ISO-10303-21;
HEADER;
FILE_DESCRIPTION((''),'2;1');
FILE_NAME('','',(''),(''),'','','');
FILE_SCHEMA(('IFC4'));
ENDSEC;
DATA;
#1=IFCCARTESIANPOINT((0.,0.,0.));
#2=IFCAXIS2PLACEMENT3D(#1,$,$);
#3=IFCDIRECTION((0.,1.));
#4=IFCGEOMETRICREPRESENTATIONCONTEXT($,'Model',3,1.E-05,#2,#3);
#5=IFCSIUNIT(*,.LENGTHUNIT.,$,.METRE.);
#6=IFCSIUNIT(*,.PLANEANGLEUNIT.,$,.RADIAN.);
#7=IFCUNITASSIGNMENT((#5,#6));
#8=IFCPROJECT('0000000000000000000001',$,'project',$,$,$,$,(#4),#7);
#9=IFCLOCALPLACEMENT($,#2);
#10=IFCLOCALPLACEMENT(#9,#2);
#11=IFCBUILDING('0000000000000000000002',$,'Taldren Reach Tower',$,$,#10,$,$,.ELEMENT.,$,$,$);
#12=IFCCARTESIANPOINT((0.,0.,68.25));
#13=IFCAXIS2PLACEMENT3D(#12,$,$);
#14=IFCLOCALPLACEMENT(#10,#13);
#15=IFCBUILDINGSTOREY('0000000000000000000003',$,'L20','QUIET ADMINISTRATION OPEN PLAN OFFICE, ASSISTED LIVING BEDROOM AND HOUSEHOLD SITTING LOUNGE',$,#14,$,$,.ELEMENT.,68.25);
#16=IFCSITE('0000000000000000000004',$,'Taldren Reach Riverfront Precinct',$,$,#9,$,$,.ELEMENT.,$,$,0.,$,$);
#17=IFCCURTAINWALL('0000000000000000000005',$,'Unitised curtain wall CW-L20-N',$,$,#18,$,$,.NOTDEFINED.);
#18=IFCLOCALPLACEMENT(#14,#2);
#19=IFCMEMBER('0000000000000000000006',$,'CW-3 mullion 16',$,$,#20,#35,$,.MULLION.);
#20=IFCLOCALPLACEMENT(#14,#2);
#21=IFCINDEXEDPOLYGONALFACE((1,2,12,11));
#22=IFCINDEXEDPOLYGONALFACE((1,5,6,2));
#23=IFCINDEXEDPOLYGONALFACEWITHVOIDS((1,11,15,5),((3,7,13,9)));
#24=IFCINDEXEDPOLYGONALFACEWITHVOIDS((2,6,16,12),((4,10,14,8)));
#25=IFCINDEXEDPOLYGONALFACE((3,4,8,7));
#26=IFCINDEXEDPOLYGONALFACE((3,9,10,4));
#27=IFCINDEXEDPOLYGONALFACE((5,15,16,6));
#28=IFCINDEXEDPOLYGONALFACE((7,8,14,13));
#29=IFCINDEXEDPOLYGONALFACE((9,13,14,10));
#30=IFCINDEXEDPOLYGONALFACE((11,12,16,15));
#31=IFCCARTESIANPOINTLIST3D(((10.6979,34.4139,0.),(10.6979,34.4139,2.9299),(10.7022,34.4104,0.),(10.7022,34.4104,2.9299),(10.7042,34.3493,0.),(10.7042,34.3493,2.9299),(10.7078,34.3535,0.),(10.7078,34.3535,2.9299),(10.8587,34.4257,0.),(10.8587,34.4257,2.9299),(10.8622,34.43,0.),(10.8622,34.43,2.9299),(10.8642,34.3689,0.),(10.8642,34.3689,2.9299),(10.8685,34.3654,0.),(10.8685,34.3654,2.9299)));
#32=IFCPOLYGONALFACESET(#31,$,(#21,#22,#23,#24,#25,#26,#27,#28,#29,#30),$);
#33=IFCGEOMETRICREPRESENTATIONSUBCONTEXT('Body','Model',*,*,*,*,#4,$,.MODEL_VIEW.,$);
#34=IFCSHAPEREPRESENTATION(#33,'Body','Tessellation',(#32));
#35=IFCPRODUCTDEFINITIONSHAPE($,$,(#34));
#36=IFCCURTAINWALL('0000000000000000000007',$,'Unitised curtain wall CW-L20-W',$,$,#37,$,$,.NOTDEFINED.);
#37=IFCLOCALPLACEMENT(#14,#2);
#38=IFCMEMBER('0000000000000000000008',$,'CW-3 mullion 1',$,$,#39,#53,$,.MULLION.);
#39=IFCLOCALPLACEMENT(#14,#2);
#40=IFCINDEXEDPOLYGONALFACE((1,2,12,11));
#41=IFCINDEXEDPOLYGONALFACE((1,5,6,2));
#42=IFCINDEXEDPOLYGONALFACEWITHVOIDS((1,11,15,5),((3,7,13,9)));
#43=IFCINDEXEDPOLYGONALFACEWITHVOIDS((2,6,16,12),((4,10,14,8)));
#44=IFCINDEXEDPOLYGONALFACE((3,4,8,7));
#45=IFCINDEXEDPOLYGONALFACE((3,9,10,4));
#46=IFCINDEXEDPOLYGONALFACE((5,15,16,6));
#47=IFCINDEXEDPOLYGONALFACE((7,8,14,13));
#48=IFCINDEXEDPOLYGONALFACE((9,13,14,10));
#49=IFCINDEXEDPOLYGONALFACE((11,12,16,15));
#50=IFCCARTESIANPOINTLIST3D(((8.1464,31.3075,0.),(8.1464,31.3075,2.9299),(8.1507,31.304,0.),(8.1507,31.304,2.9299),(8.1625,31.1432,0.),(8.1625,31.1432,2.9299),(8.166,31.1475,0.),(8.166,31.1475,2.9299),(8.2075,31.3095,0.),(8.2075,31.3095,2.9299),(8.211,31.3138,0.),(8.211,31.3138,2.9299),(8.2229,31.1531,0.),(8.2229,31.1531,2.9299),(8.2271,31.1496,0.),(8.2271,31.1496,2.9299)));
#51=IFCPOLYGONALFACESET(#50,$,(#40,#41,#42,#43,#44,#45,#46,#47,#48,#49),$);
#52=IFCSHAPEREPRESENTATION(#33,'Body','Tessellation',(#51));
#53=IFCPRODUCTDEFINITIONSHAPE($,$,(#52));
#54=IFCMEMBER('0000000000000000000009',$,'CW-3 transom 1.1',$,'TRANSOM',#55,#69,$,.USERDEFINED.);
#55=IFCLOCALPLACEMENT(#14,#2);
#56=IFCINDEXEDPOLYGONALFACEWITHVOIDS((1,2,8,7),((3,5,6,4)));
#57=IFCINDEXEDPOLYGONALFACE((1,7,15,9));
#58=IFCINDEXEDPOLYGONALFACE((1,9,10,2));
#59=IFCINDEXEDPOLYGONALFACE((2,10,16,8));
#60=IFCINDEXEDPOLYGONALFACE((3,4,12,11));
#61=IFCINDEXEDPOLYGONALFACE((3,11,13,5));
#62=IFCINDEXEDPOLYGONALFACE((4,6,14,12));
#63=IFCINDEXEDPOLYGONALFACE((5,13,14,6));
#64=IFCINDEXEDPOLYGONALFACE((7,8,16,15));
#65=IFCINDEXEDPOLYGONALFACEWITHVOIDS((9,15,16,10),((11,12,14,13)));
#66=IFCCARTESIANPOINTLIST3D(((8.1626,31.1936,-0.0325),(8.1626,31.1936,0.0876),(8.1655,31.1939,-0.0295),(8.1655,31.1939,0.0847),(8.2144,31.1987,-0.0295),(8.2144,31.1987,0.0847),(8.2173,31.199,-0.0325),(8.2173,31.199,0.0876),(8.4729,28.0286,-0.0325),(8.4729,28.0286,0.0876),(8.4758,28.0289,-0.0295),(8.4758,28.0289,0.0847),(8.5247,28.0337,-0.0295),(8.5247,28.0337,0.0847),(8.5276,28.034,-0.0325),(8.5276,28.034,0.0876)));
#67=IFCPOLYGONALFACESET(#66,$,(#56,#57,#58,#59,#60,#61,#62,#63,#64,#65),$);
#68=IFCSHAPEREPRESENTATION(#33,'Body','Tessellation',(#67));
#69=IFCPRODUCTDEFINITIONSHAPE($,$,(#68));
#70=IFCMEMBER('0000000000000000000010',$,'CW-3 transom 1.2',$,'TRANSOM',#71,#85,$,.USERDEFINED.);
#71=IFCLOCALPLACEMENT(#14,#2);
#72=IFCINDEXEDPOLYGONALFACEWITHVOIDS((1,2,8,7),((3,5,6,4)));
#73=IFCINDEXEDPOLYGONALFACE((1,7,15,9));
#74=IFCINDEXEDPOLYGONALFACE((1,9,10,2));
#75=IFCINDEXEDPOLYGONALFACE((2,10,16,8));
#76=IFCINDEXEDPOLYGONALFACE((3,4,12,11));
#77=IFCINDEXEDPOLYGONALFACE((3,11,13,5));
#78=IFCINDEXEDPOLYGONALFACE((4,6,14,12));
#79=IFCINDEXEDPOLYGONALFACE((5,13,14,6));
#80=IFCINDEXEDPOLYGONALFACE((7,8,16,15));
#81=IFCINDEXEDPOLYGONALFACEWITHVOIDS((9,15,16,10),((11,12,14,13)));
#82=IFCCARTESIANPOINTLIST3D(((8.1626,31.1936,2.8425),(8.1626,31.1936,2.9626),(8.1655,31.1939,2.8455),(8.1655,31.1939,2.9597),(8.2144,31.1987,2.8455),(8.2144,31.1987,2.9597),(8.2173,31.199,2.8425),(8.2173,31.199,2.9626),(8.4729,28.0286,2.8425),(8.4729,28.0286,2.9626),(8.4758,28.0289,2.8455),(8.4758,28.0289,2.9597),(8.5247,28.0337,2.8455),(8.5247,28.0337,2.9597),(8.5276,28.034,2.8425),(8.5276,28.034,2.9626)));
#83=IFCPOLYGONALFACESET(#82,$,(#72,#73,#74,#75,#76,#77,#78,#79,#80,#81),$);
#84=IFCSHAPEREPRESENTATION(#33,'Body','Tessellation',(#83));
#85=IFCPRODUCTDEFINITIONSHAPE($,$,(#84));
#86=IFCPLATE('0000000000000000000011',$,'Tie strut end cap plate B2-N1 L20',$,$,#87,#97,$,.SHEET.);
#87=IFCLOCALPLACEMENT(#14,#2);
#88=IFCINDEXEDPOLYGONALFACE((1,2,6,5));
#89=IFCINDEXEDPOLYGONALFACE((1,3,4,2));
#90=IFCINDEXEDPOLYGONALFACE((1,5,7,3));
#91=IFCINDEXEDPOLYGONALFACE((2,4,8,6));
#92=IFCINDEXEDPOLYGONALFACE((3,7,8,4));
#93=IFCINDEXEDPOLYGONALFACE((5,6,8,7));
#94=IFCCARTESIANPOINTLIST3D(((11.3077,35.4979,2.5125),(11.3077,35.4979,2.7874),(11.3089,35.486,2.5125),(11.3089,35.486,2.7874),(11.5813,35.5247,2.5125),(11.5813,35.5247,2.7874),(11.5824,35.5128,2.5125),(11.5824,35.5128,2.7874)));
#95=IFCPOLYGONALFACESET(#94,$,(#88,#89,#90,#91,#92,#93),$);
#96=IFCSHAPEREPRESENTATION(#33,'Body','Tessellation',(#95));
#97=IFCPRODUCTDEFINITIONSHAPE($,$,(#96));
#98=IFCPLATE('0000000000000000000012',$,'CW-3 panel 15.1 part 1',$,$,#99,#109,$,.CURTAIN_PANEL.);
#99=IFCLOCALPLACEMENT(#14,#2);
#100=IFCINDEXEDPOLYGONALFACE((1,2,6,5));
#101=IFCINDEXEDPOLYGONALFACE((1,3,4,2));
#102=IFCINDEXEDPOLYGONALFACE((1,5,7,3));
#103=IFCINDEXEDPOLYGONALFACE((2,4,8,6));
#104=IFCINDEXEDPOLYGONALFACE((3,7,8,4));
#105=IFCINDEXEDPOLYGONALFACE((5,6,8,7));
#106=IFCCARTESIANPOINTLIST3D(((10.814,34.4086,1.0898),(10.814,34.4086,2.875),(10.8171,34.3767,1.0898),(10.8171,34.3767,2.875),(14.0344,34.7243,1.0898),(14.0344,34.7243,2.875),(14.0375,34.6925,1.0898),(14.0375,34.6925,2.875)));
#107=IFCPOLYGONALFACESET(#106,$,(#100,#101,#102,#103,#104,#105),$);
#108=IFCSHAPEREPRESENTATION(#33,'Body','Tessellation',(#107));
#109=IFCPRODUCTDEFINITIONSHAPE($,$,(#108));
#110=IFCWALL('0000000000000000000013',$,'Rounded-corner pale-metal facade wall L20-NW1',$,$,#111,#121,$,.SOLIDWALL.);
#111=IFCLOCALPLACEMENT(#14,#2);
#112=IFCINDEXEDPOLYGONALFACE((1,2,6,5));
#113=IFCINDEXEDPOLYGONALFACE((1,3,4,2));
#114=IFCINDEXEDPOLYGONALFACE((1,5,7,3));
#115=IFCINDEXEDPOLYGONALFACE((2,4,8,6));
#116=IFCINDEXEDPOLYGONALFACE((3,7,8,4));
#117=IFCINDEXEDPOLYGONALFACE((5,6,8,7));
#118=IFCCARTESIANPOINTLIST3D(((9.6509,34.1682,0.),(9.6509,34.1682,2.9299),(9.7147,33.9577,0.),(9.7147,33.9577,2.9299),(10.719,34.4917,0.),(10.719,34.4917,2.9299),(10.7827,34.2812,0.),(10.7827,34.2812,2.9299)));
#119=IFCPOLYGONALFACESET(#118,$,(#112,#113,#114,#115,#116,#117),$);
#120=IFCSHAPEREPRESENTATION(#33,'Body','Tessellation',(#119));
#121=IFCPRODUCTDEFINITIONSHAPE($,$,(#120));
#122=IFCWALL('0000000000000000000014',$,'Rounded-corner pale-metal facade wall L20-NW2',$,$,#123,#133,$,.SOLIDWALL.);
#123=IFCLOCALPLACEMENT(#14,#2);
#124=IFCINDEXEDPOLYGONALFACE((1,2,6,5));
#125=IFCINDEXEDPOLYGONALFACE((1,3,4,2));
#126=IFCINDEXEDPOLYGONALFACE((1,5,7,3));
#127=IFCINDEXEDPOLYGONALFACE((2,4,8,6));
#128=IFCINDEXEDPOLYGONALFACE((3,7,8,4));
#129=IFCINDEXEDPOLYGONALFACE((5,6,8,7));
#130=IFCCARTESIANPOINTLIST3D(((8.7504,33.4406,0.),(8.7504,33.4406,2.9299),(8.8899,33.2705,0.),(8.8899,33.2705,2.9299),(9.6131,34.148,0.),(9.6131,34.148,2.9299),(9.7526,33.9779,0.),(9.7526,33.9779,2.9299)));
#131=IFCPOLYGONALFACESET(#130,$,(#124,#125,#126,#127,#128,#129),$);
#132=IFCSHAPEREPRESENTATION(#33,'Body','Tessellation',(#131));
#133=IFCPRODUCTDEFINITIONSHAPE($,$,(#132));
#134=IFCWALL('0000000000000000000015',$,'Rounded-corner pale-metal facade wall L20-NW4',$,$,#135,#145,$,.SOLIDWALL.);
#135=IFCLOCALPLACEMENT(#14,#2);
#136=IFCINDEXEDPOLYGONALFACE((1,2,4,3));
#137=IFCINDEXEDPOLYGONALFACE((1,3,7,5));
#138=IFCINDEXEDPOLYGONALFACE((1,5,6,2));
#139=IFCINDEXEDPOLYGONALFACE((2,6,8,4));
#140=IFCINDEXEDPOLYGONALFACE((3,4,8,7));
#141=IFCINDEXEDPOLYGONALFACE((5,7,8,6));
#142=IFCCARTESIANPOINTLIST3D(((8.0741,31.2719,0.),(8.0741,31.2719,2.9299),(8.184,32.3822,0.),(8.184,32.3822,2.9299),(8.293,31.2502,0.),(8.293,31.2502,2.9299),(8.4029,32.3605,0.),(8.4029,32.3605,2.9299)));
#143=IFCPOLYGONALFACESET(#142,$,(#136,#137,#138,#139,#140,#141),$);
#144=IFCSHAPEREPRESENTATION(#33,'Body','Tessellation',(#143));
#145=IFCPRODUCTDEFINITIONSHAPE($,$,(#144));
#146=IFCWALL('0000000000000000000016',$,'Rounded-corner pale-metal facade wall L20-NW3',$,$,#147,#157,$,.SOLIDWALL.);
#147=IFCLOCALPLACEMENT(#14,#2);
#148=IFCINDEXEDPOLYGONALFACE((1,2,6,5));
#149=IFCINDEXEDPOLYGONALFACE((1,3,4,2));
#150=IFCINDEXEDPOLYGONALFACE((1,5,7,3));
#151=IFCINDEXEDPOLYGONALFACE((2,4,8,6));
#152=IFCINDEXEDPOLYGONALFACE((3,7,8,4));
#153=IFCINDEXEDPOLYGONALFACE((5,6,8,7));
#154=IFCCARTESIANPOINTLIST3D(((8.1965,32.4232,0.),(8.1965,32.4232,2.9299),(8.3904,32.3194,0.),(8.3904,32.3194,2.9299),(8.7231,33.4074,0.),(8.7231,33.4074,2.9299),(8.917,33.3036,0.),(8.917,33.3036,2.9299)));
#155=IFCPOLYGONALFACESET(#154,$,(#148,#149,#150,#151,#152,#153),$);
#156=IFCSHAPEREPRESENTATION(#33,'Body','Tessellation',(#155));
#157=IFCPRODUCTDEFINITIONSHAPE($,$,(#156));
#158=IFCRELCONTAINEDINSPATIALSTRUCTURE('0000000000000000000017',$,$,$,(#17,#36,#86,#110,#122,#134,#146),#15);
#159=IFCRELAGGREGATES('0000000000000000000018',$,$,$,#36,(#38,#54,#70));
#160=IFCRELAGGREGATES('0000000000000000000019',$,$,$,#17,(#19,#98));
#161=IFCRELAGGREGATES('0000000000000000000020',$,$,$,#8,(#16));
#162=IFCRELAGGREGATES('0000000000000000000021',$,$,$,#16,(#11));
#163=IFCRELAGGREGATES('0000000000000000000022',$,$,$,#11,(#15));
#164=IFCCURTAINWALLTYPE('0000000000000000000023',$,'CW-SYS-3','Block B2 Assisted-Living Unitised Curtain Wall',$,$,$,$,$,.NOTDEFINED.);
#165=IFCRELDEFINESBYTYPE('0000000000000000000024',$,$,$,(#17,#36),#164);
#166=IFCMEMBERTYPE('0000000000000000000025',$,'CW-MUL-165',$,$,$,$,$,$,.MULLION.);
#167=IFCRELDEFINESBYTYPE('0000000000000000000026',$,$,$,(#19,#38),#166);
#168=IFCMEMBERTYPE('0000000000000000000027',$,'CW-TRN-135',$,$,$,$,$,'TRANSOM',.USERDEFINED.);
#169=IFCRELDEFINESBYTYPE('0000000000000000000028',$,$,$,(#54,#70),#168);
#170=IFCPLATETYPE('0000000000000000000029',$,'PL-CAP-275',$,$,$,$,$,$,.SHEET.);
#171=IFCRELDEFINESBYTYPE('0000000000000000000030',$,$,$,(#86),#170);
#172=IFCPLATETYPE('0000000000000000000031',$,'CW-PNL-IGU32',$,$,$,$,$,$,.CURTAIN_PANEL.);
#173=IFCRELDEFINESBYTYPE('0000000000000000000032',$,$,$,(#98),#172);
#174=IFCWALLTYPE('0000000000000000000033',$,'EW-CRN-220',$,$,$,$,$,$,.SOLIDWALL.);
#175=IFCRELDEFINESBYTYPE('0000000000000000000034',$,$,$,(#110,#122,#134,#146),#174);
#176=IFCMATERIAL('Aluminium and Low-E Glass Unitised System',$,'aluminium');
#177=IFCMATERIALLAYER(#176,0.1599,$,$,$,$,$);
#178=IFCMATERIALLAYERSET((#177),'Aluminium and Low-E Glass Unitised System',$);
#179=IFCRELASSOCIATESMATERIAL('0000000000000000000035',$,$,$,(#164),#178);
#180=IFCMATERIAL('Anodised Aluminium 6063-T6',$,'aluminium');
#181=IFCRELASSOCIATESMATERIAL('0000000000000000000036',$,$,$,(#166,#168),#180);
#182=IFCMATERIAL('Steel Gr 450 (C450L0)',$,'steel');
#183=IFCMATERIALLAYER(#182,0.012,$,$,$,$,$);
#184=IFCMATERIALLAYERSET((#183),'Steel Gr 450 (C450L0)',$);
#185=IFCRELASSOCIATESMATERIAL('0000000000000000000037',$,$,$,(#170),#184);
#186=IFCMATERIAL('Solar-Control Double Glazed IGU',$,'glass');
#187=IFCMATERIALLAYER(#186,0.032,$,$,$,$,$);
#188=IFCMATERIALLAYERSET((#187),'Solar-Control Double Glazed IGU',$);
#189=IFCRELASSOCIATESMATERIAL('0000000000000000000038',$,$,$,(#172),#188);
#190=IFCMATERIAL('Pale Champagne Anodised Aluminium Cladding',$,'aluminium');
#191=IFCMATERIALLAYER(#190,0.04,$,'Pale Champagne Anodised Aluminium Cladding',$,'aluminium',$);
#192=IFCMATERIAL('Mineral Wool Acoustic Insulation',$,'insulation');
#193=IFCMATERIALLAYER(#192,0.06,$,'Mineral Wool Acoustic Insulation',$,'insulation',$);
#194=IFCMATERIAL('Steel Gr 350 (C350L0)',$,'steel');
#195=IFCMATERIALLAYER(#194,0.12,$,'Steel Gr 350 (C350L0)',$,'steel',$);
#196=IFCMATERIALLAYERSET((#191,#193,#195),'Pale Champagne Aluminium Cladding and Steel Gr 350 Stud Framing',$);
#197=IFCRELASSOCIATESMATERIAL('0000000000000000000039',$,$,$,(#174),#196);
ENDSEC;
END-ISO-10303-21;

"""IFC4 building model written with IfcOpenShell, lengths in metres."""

from ifc_helpers import new_model, si_unit, direction, frame, frame_2d, origin, origin_2d, place, context, subcontext, project, spatial, rectangle, hollow_rectangle, extrude, source, transform, mapped, material, layer, layer_set, material_profile, profile_set, type_object, element, aggregate, save


model = new_model("IFC4")

# Units and contexts
model_context = context("Model", 3, precision=1e-05, world=origin(), true_north=direction((0.0, 1.0)))
body_context = subcontext(model_context, "Body", "Model", "MODEL_VIEW")
ifc_project = project(units=[si_unit("LENGTHUNIT", "METRE"), si_unit("PLANEANGLEUNIT", "RADIAN")], contexts=[model_context])

# Site, building, storey
site_placement = place(None, origin())
site = spatial("IfcSite", under=ifc_project, at=site_placement, Name="Taldren Reach Riverfront Precinct", CompositionType="ELEMENT", RefElevation=0.0)
building_placement = place(site_placement, origin())
building = spatial("IfcBuilding", under=site, at=building_placement, Name="Taldren Reach Tower", CompositionType="ELEMENT")
storey_placement = place(building_placement, frame((0.0, 0.0, 68.25)))
storey = spatial("IfcBuildingStorey", under=building, at=storey_placement, Name="L20", Description="QUIET ADMINISTRATION OPEN PLAN OFFICE, ASSISTED LIVING BEDROOM AND HOUSEHOLD SITTING LOUNGE", CompositionType="ELEMENT", Elevation=68.25)

# Shared definitions
ifc_material_1 = material(Name="Steel Gr 450 (C450L0)", Category="steel")
ifc_material_2 = material(Name="Steel Gr 350 (C350L0)", Category="steel")

# Curtain wall, member
ifc_material_3 = material(Name="Aluminium and Low-E Glass Unitised System", Category="aluminium")
ifc_layer_1 = layer(ifc_material_3, 0.1599)
ifc_layer_set_1 = layer_set([ifc_layer_1], Name="Aluminium and Low-E Glass Unitised System")
curtain_wall_type = type_object("IfcCurtainWallType", Name="CW-SYS-3", Description="Block B2 Assisted-Living Unitised Curtain Wall", PredefinedType="NOTDEFINED", material=ifc_layer_set_1)
curtain_wall_1_placement = place(storey_placement, origin())
curtain_wall_1 = element("IfcCurtainWall", 1, at=curtain_wall_1_placement, inside=storey, type_object=curtain_wall_type, Name="Unitised curtain wall CW-L20-N", PredefinedType="NOTDEFINED")
ifc_material_4 = material(Name="Anodised Aluminium 6063-T6", Category="aluminium")
ifc_material_profile_1 = material_profile(ifc_material_4, hollow_rectangle(XDim=0.0649, YDim=0.165, WallThickness=0.0039, at=origin_2d()), Name="ALU-165x65x4RHS")
ifc_profile_set_1 = profile_set([ifc_material_profile_1], Name="Anodised Aluminium 6063-T6")
member_type_1 = type_object("IfcMemberType", Name="CW-MUL-165", PredefinedType="MULLION", material=ifc_profile_set_1)
shared_shape_1 = source(origin(), body_context, "Body", "SweptSolid", [
    extrude(hollow_rectangle(XDim=0.0649, YDim=0.165, WallThickness=0.0039, at=origin_2d()), origin(), (0.0, 0.0, 1.0), 2.9299),
])
member_1_placement = place(storey_placement, frame((10.7832, 34.3896, 0.0), z_axis=(0.0, 0.0, 1.0), x_axis=(0.097583, -0.995227, 0.0)))
member_1 = element("IfcMember", 2, at=member_1_placement, type_object=member_type_1, Name="CW-3 mullion 16", PredefinedType="MULLION", context=body_context, shape_type="MappedRepresentation", body=[
    mapped(shared_shape_1, transform((0.0, 0.0, 0.0), scale=1.0)),
])

# Curtain wall, members
curtain_wall_2_placement = place(storey_placement, origin())
curtain_wall_2 = element("IfcCurtainWall", 3, at=curtain_wall_2_placement, inside=storey, type_object=curtain_wall_type, Name="Unitised curtain wall CW-L20-W", PredefinedType="NOTDEFINED")
member_2_placement = place(storey_placement, frame((8.1868, 31.2285, 0.0), z_axis=(0.0, 0.0, 1.0), x_axis=(0.995227, 0.097583, 0.0)))
member_2 = element("IfcMember", 4, at=member_2_placement, type_object=member_type_1, Name="CW-3 mullion 1", PredefinedType="MULLION", context=body_context, shape_type="MappedRepresentation", body=[
    mapped(shared_shape_1, transform((0.0, 0.0, 0.0), scale=1.0)),
])
ifc_material_profile_2 = material_profile(ifc_material_4, hollow_rectangle(XDim=0.0549, YDim=0.1201, WallThickness=0.0029, at=origin_2d()), Name="ALU-120x55x3RHS")
ifc_profile_set_2 = profile_set([ifc_material_profile_2], Name="Anodised Aluminium 6063-T6")
member_type_2 = type_object("IfcMemberType", Name="CW-TRN-135", ElementType="TRANSOM", PredefinedType="USERDEFINED", material=ifc_profile_set_2)
shared_shape_2 = source(origin(), body_context, "Body", "SweptSolid", [
    extrude(hollow_rectangle(XDim=0.0549, YDim=0.1201, WallThickness=0.0029, at=origin_2d()), origin(), (0.0, 0.0, 1.0), 3.1802),
])
member_3_placement = place(storey_placement, frame((8.1899, 31.1963, 0.0276), z_axis=(0.097573, -0.995228, 0.0), x_axis=(0.995228, 0.097573, 0.0)))
member_3 = element("IfcMember", 5, at=member_3_placement, type_object=member_type_2, Name="CW-3 transom 1.1", ObjectType="TRANSOM", PredefinedType="USERDEFINED", context=body_context, shape_type="MappedRepresentation", body=[
    mapped(shared_shape_2, transform((0.0, 0.0, 0.0), scale=1.0)),
])
member_4_placement = place(storey_placement, frame((8.1899, 31.1963, 2.9026), z_axis=(0.097573, -0.995228, 0.0), x_axis=(0.995228, 0.097573, 0.0)))
member_4 = element("IfcMember", 6, at=member_4_placement, type_object=member_type_2, Name="CW-3 transom 1.2", ObjectType="TRANSOM", PredefinedType="USERDEFINED", context=body_context, shape_type="MappedRepresentation", body=[
    mapped(shared_shape_2, transform((0.0, 0.0, 0.0), scale=1.0)),
])
aggregate(curtain_wall_2, [member_2, member_3, member_4])

# Plates
ifc_layer_2 = layer(ifc_material_1, 0.012)
ifc_layer_set_2 = layer_set([ifc_layer_2], Name="Steel Gr 450 (C450L0)")
plate_type_1 = type_object("IfcPlateType", Name="PL-CAP-275", PredefinedType="SHEET", material=ifc_layer_set_2)
shared_shape_3 = source(origin(), body_context, "Body", "SweptSolid", [
    extrude(rectangle(XDim=0.2749, YDim=0.012, at=origin_2d()), origin(), (0.0, 0.0, 1.0), 0.2749),
])
plate_1_placement = place(storey_placement, frame((11.4451, 35.5054, 2.5125), z_axis=(0.0, 0.0, 1.0), x_axis=(0.995227, 0.097583, 0.0)))
element("IfcPlate", 7, at=plate_1_placement, inside=storey, type_object=plate_type_1, Name="Tie strut end cap plate B2-N1 L20", PredefinedType="SHEET", context=body_context, shape_type="MappedRepresentation", body=[
    mapped(shared_shape_3, transform((0.0, 0.0, 0.0), scale=1.0)),
])
ifc_material_5 = material(Name="Solar-Control Double Glazed IGU", Category="glass")
ifc_layer_3 = layer(ifc_material_5, 0.032)
ifc_layer_set_3 = layer_set([ifc_layer_3], Name="Solar-Control Double Glazed IGU")
plate_type_2 = type_object("IfcPlateType", Name="CW-PNL-IGU32", PredefinedType="CURTAIN_PANEL", material=ifc_layer_set_3)
shared_shape_4 = source(origin(), body_context, "Body", "SweptSolid", [
    extrude(rectangle(XDim=3.2358, YDim=0.032, at=origin_2d()), origin(), (0.0, 0.0, 1.0), 1.7852),
])
plate_2_placement = place(storey_placement, frame((12.4258, 34.5505, 1.0898), z_axis=(0.0, 0.0, 1.0), x_axis=(-0.995227, -0.097583, 0.0)))
plate_2 = element("IfcPlate", 8, at=plate_2_placement, type_object=plate_type_2, Name="CW-3 panel 15.1 part 1", PredefinedType="CURTAIN_PANEL", context=body_context, shape_type="MappedRepresentation", body=[
    mapped(shared_shape_4, transform((0.0, 0.0, 0.0), scale=1.0)),
])
aggregate(curtain_wall_1, [member_1, plate_2])

# Walls
ifc_material_6 = material(Name="Pale Champagne Anodised Aluminium Cladding", Category="aluminium")
ifc_layer_4 = layer(ifc_material_6, 0.04, Name="Pale Champagne Anodised Aluminium Cladding", Category="aluminium")
ifc_material_7 = material(Name="Mineral Wool Acoustic Insulation", Category="insulation")
ifc_layer_5 = layer(ifc_material_7, 0.06, Name="Mineral Wool Acoustic Insulation", Category="insulation")
ifc_layer_6 = layer(ifc_material_2, 0.12, Name="Steel Gr 350 (C350L0)", Category="steel")
ifc_layer_set_4 = layer_set([ifc_layer_4, ifc_layer_5, ifc_layer_6], Name="Pale Champagne Aluminium Cladding and Steel Gr 350 Stud Framing")
wall_type_1 = type_object("IfcWallType", Name="EW-CRN-220", PredefinedType="SOLIDWALL", material=ifc_layer_set_4)
shared_shape_5 = source(origin(), body_context, "Body", "SweptSolid", [
    extrude(rectangle(XDim=1.116, YDim=0.22, at=frame_2d((0.5581, 0.0))), origin(), (0.0, 0.0, 1.0), 2.9299),
])
wall_1_placement = place(storey_placement, frame((10.751, 34.3865, 0.0), z_axis=(0.0, 0.0, 1.0), x_axis=(-0.95707, -0.289856, 0.0)))
element("IfcWall", 9, at=wall_1_placement, inside=storey, type_object=wall_type_1, Name="Rounded-corner pale-metal facade wall L20-NW1", PredefinedType="SOLIDWALL", context=body_context, shape_type="MappedRepresentation", body=[
    mapped(shared_shape_5, transform((0.0, 0.0, 0.0), scale=1.0)),
])
shared_shape_6 = source(origin(), body_context, "Body", "SweptSolid", [
    extrude(rectangle(XDim=1.1157, YDim=0.22, at=frame_2d((0.5579, 0.0))), origin(), (0.0, 0.0, 1.0), 2.9299),
])
for number, where, z_axis, x_axis, name in (
    (10, (9.6829, 34.063, 0.0), (0.0, 0.0, 1.0), (-0.773255, -0.634095, 0.0), "Rounded-corner pale-metal facade wall L20-NW2"),
    (11, (8.2935, 32.3713, 0.0), (0.0, 0.0, 1.0), (-0.098464, -0.995141, 0.0), "Rounded-corner pale-metal facade wall L20-NW4"),
):
    element("IfcWall", number, at=place(storey_placement, frame(where, z_axis=z_axis, x_axis=x_axis)), inside=storey, type_object=wall_type_1, Name=name, PredefinedType="SOLIDWALL", context=body_context, shape_type="MappedRepresentation", body=[
        mapped(shared_shape_6, transform((0.0, 0.0, 0.0), scale=1.0)),
    ])
shared_shape_7 = source(origin(), body_context, "Body", "SweptSolid", [
    extrude(rectangle(XDim=1.1162, YDim=0.22, at=frame_2d((0.5581, 0.0))), origin(), (0.0, 0.0, 1.0), 2.9299),
])
wall_2_placement = place(storey_placement, frame((8.8201, 33.3555, 0.0), z_axis=(0.0, 0.0, 1.0), x_axis=(-0.471803, -0.881704, 0.0)))
element("IfcWall", 12, at=wall_2_placement, inside=storey, type_object=wall_type_1, Name="Rounded-corner pale-metal facade wall L20-NW3", PredefinedType="SOLIDWALL", context=body_context, shape_type="MappedRepresentation", body=[
    mapped(shared_shape_7, transform((0.0, 0.0, 0.0), scale=1.0)),
])

save(model, "model.ifc")
